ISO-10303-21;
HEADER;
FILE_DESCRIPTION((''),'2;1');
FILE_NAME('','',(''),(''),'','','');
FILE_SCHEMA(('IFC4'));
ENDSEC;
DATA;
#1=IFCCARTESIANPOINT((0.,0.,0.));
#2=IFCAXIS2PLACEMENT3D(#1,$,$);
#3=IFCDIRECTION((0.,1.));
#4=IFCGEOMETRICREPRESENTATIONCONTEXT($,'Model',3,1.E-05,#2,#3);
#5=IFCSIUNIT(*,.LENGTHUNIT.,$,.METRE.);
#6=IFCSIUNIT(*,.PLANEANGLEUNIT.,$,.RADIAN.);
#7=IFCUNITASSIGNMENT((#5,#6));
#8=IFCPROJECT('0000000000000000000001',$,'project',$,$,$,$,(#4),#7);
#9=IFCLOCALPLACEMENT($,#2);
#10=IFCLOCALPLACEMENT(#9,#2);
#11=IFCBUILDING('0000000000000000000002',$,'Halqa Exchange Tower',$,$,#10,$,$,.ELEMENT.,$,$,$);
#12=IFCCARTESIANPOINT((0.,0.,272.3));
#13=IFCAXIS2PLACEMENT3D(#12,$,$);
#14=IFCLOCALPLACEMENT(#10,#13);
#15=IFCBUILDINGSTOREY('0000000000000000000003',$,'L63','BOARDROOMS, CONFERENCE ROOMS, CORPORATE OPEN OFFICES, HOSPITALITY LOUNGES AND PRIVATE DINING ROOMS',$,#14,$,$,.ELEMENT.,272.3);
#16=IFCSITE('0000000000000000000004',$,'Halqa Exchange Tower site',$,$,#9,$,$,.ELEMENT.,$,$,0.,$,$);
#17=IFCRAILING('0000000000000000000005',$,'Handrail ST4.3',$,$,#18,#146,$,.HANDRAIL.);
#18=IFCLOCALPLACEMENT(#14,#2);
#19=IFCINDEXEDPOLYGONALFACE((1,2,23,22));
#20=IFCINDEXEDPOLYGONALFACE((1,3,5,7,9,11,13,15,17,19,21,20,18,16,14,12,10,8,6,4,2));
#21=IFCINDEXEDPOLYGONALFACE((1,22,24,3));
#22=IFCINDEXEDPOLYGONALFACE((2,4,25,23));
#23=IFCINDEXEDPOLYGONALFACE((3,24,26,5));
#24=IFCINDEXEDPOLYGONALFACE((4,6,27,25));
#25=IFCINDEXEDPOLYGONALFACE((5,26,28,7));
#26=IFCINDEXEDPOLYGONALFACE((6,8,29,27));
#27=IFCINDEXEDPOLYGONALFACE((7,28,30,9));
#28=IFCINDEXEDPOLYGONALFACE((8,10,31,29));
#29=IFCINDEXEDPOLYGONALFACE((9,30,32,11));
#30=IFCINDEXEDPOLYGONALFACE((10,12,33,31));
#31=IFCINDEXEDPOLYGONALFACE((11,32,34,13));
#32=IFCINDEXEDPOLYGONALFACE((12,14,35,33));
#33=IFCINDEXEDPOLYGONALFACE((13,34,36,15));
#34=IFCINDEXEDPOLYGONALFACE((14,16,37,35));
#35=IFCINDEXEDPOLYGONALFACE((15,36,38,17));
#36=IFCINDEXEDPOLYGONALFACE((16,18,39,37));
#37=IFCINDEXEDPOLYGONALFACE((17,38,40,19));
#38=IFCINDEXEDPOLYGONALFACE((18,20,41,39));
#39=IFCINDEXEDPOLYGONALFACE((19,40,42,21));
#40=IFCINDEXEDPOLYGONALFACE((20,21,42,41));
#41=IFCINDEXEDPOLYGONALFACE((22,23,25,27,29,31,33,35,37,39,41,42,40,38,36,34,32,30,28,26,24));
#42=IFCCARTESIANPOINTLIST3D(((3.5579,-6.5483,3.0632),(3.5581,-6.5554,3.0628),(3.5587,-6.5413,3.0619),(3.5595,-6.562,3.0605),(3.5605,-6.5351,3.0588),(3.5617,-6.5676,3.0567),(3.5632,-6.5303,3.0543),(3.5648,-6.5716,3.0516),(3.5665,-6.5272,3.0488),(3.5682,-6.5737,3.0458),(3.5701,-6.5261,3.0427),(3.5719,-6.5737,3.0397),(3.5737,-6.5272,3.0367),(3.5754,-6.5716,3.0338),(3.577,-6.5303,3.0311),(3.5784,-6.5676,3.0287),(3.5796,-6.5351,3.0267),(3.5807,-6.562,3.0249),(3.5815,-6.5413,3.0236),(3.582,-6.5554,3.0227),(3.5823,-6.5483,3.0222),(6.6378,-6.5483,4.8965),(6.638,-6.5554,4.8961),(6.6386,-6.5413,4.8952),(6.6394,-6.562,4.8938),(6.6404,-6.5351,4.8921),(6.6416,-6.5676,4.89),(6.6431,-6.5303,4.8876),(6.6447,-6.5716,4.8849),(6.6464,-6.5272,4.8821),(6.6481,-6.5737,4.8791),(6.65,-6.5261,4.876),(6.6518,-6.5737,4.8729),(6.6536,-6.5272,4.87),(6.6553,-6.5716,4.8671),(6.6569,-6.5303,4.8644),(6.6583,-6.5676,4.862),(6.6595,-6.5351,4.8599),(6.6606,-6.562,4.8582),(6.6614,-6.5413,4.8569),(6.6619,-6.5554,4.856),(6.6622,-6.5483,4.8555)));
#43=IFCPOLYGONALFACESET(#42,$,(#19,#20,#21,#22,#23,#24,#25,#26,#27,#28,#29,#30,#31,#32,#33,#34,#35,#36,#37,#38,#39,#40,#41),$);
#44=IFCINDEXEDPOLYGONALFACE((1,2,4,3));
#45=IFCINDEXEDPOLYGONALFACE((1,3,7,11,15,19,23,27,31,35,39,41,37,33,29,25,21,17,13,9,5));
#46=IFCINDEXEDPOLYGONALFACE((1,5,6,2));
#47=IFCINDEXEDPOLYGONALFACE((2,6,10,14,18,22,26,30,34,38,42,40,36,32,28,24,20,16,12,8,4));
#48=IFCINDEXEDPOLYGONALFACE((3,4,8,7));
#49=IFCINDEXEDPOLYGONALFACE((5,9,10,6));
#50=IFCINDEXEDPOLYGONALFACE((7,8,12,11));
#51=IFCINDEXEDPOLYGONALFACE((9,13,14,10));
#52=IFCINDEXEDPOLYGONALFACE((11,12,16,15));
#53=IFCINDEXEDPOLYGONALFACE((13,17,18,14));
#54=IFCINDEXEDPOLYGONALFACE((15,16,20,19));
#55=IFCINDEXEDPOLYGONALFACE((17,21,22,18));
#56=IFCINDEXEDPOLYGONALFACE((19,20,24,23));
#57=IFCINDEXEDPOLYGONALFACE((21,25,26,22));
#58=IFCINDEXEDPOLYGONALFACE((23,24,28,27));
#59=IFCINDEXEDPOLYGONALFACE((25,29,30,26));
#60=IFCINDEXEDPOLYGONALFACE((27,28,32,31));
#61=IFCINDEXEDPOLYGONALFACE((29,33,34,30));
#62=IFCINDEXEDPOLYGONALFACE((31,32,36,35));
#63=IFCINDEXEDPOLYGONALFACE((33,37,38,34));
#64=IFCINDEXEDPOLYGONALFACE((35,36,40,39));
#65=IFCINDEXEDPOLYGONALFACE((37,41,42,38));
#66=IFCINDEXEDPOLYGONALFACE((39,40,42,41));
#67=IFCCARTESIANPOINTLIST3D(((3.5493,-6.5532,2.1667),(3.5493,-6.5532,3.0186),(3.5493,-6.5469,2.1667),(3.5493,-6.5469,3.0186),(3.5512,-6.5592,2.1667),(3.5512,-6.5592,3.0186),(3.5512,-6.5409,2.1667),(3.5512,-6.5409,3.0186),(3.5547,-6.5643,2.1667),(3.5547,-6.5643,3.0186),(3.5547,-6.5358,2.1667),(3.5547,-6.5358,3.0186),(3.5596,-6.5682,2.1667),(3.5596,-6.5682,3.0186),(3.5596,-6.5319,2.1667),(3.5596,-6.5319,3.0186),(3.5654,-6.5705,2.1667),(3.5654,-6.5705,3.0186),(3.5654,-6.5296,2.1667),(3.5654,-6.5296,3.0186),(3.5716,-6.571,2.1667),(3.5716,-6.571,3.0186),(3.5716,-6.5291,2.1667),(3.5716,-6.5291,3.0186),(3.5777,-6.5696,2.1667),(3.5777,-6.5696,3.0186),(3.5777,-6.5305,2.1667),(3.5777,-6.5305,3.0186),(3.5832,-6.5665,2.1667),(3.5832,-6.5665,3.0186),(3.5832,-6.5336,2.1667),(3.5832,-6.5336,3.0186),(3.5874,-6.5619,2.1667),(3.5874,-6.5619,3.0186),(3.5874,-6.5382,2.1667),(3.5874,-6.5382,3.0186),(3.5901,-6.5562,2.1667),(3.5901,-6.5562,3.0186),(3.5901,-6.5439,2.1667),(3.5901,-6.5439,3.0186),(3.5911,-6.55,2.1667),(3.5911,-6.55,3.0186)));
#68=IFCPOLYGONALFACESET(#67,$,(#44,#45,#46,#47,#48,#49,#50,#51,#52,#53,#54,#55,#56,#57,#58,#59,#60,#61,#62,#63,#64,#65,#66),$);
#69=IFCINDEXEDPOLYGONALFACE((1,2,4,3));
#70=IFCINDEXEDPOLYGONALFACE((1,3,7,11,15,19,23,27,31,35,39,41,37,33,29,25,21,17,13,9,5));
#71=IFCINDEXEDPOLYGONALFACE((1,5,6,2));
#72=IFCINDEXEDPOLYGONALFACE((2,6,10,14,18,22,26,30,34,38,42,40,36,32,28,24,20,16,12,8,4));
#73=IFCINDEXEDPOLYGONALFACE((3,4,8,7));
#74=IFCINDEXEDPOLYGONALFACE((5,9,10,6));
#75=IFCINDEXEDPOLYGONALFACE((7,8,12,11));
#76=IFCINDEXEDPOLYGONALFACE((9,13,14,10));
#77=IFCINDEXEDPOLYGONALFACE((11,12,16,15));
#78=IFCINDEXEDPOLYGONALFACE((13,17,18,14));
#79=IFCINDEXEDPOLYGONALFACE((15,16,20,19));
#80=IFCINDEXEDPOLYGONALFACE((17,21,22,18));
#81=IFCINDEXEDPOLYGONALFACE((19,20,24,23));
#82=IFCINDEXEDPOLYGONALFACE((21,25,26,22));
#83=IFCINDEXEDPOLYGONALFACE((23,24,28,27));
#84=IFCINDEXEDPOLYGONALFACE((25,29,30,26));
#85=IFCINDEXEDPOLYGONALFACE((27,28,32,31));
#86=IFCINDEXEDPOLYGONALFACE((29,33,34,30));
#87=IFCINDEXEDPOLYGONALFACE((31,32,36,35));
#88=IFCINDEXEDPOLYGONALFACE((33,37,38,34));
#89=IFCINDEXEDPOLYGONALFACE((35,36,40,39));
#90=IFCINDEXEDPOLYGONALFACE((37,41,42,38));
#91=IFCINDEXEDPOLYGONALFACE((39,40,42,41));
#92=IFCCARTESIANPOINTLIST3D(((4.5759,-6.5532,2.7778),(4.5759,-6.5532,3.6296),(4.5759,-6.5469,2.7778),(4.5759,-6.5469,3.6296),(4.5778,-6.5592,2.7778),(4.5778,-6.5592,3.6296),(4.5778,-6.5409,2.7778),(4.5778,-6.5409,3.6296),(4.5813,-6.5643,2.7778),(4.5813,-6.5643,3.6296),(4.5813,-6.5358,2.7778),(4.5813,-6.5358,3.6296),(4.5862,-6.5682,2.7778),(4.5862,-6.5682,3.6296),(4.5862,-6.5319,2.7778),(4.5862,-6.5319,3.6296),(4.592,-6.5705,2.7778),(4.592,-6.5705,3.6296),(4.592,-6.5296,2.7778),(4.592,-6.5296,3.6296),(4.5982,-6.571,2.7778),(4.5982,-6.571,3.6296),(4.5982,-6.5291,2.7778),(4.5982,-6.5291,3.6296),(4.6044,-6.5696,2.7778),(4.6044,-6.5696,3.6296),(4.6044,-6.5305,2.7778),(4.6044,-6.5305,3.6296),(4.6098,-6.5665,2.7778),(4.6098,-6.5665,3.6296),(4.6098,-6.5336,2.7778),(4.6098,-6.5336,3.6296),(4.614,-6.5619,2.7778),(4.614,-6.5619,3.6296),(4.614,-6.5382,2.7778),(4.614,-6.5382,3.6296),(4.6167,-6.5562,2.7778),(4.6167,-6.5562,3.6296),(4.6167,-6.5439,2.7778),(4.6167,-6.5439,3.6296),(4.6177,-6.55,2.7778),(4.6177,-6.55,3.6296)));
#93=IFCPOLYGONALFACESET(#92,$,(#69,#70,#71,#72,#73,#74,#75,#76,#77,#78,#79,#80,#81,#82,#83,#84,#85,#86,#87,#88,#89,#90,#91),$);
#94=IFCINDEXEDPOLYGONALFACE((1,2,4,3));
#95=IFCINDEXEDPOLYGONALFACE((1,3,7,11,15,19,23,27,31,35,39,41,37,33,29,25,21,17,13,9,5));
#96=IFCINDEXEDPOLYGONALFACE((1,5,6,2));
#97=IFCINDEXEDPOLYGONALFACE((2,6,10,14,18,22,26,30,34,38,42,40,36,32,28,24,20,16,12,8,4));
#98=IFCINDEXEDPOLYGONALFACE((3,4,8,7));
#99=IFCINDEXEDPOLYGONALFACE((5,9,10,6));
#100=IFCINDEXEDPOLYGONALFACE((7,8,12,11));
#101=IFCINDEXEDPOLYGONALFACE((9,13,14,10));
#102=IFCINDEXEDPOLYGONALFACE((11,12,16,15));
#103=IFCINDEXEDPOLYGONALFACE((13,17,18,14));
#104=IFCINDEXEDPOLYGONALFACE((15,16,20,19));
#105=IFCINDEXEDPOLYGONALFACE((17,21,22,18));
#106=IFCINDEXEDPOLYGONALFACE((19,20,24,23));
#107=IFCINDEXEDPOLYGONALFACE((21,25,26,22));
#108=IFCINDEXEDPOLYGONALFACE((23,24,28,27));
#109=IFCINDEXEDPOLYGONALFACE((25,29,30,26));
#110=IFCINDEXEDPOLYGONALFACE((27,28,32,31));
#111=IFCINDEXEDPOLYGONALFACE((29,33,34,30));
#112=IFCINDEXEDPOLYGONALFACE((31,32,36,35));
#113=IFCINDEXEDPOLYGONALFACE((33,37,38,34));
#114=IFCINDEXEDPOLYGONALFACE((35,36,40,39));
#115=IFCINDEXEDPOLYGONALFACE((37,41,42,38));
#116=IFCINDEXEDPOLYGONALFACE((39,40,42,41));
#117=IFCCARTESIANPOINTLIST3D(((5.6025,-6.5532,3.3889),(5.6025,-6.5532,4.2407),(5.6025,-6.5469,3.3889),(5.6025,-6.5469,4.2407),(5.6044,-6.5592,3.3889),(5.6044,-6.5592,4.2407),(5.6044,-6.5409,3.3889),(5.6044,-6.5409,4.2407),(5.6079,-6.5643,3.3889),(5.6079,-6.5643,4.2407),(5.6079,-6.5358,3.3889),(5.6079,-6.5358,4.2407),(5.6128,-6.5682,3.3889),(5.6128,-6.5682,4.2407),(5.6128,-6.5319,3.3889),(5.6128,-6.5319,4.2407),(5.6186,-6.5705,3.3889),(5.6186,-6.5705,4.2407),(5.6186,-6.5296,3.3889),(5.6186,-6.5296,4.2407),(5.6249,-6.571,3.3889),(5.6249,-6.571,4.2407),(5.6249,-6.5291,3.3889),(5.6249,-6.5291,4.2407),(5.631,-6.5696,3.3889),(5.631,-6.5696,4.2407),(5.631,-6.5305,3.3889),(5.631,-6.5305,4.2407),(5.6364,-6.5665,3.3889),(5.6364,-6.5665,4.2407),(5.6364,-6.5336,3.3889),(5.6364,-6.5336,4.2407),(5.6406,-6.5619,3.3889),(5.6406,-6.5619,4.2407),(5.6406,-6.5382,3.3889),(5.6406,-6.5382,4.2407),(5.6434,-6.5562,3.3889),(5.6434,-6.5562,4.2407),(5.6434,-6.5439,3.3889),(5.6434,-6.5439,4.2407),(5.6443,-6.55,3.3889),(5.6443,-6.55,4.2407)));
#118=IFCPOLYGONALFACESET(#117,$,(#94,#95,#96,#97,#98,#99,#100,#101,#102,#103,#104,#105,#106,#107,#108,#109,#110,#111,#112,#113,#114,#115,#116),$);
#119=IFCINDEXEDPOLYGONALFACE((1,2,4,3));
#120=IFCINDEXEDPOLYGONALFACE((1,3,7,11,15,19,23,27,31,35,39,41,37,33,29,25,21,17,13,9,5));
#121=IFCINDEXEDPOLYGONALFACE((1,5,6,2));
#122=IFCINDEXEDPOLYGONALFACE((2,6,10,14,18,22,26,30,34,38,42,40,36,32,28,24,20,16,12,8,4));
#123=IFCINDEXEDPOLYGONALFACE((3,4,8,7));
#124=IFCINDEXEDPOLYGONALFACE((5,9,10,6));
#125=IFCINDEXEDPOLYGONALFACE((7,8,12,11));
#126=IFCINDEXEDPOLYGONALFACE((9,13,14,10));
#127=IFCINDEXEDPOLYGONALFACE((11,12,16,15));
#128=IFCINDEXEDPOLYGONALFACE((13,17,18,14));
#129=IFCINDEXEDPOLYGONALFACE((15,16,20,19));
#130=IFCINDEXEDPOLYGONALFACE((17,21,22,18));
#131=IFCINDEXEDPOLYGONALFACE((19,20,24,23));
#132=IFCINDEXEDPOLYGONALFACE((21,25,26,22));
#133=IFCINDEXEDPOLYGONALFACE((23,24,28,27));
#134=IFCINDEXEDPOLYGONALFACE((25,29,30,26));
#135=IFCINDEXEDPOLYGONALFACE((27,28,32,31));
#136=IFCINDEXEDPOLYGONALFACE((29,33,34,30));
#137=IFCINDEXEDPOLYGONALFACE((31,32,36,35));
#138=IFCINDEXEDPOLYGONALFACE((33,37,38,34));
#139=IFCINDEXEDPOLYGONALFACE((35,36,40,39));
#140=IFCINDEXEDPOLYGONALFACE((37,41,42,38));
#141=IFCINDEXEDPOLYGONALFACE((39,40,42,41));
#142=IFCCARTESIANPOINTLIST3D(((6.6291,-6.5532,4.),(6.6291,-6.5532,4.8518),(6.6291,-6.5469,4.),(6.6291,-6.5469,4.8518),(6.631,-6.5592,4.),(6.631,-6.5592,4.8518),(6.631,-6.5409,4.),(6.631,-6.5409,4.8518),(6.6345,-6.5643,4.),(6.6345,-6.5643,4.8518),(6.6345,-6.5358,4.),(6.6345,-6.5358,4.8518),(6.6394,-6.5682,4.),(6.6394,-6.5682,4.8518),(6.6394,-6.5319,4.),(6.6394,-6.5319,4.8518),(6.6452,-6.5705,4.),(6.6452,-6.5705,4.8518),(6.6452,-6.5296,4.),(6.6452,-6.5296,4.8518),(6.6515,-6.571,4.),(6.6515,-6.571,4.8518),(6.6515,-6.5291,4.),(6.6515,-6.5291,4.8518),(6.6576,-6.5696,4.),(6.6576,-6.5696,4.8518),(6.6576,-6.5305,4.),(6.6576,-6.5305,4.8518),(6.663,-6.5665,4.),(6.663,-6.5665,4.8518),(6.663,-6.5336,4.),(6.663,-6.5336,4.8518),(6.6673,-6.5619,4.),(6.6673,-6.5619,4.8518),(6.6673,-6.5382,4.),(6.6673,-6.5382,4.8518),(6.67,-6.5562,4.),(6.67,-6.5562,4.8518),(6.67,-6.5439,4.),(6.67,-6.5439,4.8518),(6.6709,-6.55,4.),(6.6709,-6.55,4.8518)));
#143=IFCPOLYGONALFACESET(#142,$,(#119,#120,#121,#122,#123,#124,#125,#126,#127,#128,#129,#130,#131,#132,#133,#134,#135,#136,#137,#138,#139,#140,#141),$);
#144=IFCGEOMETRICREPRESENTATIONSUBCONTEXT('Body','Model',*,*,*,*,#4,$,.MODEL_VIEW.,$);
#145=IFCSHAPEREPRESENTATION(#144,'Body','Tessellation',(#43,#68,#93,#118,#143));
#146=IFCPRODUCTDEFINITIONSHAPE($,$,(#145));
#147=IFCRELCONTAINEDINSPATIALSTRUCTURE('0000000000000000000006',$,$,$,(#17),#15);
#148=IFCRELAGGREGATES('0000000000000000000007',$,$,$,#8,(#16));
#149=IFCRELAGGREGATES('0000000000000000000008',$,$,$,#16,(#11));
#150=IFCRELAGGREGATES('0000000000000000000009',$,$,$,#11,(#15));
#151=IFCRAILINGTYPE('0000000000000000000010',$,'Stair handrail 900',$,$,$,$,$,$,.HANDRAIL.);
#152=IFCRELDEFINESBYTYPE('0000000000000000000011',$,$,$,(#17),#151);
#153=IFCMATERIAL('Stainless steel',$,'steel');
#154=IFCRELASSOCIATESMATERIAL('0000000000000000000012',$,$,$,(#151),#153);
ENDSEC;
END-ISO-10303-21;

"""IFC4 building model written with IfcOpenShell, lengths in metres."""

from ifc_helpers import new_model, si_unit, direction, frame, origin, origin_2d, place, context, subcontext, project, spatial, circle, extrude, material, type_object, element, save


model = new_model("IFC4")

# Units and contexts
model_context = context("Model", 3, precision=1e-05, world=origin(), true_north=direction((0.0, 1.0)))
body_context = subcontext(model_context, "Body", "Model", "MODEL_VIEW")
ifc_project = project(units=[si_unit("LENGTHUNIT", "METRE"), si_unit("PLANEANGLEUNIT", "RADIAN")], contexts=[model_context])

# Site, building, storey
site_placement = place(None, origin())
site = spatial("IfcSite", under=ifc_project, at=site_placement, Name="Halqa Exchange Tower site", CompositionType="ELEMENT", RefElevation=0.0)
building_placement = place(site_placement, origin())
building = spatial("IfcBuilding", under=site, at=building_placement, Name="Halqa Exchange Tower", CompositionType="ELEMENT")
storey_placement = place(building_placement, frame((0.0, 0.0, 272.3)))
storey = spatial("IfcBuildingStorey", under=building, at=storey_placement, Name="L63", Description="BOARDROOMS, CONFERENCE ROOMS, CORPORATE OPEN OFFICES, HOSPITALITY LOUNGES AND PRIVATE DINING ROOMS", CompositionType="ELEMENT", Elevation=272.3)

# Railing
ifc_material_1 = material(Name="Stainless steel", Category="steel")
railing_type_1 = type_object("IfcRailingType", Name="Stair handrail 900", PredefinedType="HANDRAIL", material=ifc_material_1)
railing_1_placement = place(storey_placement, frame((3.5701, -6.55, 2.1667)))
element("IfcRailing", 1, at=railing_1_placement, inside=storey, type_object=railing_type_1, Name="Handrail ST4.3", PredefinedType="HANDRAIL", context=body_context, shape_type="SweptSolid", body=[
    extrude(circle(Radius=0.0239, at=origin_2d()), frame((0.0, 0.0, 0.876), z_axis=(0.859291, 0.0, 0.511487), x_axis=(0.0, 1.0, 0.0)), (0.0, 0.0, 1.0), 3.5842),
    extrude(circle(Radius=0.021, at=origin_2d()), origin(), (0.0, 0.0, 1.0), 0.8518),
    extrude(circle(Radius=0.021, at=origin_2d()), frame((1.0266, 0.0, 0.6111)), (0.0, 0.0, 1.0), 0.8518),
    extrude(circle(Radius=0.021, at=origin_2d()), frame((2.0532, 0.0, 1.2222)), (0.0, 0.0, 1.0), 0.8518),
    extrude(circle(Radius=0.021, at=origin_2d()), frame((3.0798, 0.0, 1.8333)), (0.0, 0.0, 1.0), 0.8518),
])

save(model, "model.ifc")
